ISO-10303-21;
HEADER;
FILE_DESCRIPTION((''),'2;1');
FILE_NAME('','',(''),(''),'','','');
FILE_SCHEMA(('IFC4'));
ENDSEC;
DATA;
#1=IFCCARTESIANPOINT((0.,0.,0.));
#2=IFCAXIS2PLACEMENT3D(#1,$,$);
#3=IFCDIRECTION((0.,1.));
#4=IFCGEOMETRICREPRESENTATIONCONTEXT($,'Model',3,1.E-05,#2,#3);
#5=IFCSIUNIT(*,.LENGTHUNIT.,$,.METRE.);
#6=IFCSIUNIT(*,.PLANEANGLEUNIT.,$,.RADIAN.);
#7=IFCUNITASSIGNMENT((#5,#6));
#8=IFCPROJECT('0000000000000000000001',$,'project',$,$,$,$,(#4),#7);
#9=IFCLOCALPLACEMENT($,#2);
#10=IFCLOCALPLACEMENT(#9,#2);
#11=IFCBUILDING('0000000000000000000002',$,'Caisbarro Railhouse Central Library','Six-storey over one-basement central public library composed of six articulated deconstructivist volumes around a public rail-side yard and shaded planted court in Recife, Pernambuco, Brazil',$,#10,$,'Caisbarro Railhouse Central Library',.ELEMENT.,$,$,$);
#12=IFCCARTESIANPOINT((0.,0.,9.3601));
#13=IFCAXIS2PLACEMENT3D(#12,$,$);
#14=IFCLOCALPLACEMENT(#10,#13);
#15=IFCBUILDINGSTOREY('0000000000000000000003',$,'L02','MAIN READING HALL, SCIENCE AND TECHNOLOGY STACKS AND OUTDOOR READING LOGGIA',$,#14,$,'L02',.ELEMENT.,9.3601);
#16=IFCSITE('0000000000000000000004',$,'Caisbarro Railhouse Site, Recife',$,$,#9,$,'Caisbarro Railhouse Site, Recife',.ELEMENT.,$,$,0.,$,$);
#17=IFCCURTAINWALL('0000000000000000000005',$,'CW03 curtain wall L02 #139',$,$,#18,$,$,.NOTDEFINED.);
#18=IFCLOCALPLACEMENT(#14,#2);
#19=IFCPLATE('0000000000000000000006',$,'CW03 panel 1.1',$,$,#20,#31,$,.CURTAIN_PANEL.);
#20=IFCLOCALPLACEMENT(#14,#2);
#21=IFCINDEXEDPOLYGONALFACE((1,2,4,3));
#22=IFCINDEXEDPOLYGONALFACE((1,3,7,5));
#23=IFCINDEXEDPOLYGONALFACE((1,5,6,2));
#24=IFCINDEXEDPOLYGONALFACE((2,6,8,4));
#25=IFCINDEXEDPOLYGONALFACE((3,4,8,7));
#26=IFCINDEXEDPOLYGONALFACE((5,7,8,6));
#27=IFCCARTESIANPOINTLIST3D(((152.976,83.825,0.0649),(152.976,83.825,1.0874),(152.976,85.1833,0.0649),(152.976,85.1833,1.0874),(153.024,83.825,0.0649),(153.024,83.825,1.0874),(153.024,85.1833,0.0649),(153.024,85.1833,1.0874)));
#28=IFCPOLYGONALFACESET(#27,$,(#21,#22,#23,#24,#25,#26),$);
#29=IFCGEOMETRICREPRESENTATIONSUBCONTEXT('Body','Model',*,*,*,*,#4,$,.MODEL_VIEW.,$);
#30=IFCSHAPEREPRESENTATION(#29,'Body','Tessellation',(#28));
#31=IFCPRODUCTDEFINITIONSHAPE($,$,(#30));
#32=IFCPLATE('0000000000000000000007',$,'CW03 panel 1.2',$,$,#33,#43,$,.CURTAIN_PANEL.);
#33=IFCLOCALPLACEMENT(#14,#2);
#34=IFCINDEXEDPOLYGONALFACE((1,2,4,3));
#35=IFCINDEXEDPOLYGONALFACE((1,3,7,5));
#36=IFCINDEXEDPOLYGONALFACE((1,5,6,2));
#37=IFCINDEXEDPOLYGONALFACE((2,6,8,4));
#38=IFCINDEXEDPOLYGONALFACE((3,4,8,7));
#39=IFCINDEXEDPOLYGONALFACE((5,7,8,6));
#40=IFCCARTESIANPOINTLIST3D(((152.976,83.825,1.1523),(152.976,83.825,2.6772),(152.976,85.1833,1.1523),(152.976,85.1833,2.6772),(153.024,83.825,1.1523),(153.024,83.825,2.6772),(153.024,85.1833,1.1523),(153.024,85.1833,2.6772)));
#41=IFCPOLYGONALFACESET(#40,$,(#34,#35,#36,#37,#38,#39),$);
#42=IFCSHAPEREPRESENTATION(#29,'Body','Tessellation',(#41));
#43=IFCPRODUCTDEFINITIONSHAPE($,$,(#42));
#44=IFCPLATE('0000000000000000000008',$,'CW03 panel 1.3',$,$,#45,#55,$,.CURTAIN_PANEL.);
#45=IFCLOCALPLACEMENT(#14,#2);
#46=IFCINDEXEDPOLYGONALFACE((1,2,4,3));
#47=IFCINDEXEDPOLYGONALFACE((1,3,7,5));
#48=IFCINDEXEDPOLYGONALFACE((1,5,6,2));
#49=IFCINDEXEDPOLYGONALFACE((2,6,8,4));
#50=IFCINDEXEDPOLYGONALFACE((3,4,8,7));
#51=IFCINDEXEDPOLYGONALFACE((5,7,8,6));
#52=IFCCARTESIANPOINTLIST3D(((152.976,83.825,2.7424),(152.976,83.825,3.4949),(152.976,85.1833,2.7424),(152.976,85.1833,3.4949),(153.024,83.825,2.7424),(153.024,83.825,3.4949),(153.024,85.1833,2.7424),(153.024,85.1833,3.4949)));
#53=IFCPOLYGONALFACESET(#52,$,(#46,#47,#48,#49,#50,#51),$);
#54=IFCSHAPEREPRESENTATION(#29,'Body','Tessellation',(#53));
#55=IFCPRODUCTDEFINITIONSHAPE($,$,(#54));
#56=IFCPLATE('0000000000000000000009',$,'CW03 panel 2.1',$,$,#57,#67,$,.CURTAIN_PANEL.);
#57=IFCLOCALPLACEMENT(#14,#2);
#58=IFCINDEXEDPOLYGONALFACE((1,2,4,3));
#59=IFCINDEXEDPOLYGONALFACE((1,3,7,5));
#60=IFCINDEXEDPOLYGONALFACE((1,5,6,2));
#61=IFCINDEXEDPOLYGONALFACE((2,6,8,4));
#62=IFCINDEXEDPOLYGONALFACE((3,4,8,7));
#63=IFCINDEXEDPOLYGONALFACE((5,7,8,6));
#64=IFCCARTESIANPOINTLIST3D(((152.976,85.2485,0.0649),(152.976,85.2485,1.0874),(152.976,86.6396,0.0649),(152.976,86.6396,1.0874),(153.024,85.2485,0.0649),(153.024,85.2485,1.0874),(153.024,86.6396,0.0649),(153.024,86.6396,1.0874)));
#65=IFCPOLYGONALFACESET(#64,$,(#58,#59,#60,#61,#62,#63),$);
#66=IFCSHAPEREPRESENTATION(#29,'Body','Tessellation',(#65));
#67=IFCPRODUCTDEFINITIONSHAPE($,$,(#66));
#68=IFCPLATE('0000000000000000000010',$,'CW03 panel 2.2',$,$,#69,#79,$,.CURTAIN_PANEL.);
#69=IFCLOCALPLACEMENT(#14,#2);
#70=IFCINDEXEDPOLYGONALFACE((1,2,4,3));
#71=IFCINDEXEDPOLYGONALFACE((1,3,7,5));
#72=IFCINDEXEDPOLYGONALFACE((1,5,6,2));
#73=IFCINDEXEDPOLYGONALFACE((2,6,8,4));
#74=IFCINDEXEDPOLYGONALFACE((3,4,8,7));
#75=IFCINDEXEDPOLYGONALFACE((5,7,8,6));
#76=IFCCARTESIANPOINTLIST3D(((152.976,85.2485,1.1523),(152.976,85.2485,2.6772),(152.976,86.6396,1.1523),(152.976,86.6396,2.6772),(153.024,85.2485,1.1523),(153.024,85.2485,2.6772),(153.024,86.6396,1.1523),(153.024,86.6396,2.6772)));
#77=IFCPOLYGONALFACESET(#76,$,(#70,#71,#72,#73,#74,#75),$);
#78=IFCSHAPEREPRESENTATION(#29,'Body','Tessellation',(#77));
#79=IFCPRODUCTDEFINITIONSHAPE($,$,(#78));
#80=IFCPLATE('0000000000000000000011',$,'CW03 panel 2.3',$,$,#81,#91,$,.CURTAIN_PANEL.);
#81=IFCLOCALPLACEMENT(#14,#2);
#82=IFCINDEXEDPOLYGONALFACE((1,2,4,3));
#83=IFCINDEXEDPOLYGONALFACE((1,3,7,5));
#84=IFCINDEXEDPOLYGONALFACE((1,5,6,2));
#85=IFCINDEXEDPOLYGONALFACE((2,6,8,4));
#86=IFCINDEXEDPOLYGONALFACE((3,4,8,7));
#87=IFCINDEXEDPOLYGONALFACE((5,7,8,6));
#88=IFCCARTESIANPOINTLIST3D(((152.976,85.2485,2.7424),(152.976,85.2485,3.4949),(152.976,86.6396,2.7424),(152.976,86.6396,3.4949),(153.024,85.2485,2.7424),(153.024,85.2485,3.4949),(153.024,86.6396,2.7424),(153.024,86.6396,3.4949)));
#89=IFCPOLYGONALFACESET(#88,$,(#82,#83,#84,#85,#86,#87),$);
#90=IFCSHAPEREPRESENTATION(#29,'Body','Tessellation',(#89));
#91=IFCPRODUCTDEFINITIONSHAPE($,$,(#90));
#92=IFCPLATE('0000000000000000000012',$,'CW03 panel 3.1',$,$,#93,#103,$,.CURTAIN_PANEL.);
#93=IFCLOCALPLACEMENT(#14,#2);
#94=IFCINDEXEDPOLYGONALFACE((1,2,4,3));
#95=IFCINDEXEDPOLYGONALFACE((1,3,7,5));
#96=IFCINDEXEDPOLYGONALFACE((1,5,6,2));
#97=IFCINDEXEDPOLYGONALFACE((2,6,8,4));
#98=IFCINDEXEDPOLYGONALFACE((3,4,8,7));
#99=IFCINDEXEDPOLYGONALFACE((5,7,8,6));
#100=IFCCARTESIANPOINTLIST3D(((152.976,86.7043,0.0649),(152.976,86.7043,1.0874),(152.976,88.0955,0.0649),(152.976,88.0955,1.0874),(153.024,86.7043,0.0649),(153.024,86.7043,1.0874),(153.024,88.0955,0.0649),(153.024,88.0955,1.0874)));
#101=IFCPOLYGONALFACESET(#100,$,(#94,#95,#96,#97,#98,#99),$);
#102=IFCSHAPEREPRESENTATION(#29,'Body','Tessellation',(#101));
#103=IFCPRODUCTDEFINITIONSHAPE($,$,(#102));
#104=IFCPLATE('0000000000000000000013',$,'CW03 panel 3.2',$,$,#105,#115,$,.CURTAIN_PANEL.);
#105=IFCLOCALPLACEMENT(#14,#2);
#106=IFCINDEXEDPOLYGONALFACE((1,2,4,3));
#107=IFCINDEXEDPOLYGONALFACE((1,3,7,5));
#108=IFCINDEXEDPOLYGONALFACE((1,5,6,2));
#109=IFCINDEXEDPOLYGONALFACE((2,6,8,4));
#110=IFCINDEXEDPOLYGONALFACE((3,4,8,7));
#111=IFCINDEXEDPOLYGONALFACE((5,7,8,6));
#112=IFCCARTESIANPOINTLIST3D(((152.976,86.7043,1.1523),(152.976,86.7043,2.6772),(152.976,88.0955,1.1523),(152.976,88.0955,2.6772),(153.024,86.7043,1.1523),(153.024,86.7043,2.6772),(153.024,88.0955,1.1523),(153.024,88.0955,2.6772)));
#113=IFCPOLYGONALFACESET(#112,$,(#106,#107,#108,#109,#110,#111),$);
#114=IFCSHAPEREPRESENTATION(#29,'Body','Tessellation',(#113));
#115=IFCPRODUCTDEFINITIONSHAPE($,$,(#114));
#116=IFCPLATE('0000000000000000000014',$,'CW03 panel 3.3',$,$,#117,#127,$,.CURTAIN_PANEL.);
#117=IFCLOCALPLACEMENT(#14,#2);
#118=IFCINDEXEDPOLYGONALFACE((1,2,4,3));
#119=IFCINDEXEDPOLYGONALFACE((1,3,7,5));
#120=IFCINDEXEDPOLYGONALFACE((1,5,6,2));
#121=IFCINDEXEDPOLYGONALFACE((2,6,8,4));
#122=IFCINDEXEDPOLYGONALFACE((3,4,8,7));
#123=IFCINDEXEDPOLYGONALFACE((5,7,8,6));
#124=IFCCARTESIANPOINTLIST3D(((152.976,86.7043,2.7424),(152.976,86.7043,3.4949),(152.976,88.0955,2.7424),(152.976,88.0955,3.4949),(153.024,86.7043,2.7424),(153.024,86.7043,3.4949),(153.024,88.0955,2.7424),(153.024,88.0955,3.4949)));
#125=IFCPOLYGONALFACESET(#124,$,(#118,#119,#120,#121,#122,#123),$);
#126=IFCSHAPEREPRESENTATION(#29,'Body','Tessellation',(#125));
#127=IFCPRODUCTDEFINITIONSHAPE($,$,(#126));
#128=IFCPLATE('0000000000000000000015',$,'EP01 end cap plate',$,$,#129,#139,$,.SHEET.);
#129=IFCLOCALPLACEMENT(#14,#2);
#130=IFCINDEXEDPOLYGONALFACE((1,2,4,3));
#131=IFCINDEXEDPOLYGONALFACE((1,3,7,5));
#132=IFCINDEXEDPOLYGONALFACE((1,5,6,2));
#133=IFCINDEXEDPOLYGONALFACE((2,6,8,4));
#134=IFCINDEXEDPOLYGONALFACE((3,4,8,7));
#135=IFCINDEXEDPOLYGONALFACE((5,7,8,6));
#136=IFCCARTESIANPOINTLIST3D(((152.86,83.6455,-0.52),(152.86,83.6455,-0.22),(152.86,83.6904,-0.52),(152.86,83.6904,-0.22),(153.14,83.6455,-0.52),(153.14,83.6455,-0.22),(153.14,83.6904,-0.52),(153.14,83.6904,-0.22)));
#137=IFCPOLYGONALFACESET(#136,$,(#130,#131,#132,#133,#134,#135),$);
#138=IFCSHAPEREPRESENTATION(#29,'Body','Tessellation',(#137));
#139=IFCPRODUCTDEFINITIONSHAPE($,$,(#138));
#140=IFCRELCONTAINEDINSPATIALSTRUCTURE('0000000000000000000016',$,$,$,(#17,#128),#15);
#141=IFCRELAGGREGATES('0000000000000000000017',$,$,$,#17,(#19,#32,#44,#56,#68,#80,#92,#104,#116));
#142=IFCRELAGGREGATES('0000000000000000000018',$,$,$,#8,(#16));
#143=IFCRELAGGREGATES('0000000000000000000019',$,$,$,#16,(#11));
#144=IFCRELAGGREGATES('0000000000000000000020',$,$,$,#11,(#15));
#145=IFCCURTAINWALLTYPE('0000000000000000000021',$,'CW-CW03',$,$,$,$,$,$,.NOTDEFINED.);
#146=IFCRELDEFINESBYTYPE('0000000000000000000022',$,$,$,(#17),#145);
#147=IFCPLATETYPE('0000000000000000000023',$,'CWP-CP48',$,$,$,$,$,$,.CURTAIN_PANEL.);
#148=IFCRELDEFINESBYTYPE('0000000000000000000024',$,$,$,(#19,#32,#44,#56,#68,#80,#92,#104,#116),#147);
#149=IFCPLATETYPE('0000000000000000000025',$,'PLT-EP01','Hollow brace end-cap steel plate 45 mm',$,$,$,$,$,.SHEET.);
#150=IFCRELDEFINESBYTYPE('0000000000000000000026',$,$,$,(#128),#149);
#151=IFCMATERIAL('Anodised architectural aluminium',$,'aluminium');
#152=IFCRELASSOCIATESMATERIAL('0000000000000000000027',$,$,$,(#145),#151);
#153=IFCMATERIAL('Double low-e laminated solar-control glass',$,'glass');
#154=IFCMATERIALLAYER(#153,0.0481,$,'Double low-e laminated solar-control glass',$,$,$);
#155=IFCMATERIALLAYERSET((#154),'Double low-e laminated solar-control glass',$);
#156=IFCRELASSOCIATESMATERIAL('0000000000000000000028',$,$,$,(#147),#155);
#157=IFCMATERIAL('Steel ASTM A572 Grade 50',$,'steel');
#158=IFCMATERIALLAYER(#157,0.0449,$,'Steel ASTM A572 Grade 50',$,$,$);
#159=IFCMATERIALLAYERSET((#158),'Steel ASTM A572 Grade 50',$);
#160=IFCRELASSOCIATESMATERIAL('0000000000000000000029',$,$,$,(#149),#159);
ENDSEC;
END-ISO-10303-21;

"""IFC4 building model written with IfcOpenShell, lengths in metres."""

from ifc_helpers import new_model, si_unit, direction, frame, origin, origin_2d, place, context, subcontext, project, spatial, rectangle, extrude, material, layer, layer_set, type_object, element, aggregate, save


model = new_model("IFC4")

# Units and contexts
model_context = context("Model", 3, precision=1e-05, world=origin(), true_north=direction((0.0, 1.0)))
body_context = subcontext(model_context, "Body", "Model", "MODEL_VIEW")
ifc_project = project(units=[si_unit("LENGTHUNIT", "METRE"), si_unit("PLANEANGLEUNIT", "RADIAN")], contexts=[model_context])

# Site, building, storey
site_placement = place(None, origin())
site = spatial("IfcSite", under=ifc_project, at=site_placement, Name="Caisbarro Railhouse Site, Recife", LongName="Caisbarro Railhouse Site, Recife", CompositionType="ELEMENT", RefElevation=0.0)
building_placement = place(site_placement, origin())
building = spatial("IfcBuilding", under=site, at=building_placement, Name="Caisbarro Railhouse Central Library", Description="Six-storey over one-basement central public library composed of six articulated deconstructivist volumes around a public rail-side yard and shaded planted court in Recife, Pernambuco, Brazil", LongName="Caisbarro Railhouse Central Library", CompositionType="ELEMENT")
storey_placement = place(building_placement, frame((0.0, 0.0, 9.3601)))
storey = spatial("IfcBuildingStorey", under=building, at=storey_placement, Name="L02", Description="MAIN READING HALL, SCIENCE AND TECHNOLOGY STACKS AND OUTDOOR READING LOGGIA", LongName="L02", CompositionType="ELEMENT", Elevation=9.3601)

# Shared definitions
ifc_material_1 = material(Name="Steel ASTM A572 Grade 50", Category="steel")

# Curtain wall, plates
ifc_material_2 = material(Name="Anodised architectural aluminium", Category="aluminium")
curtain_wall_type = type_object("IfcCurtainWallType", Name="CW-CW03", PredefinedType="NOTDEFINED", material=ifc_material_2)
curtain_wall_placement = place(storey_placement, origin())
curtain_wall = element("IfcCurtainWall", 1, at=curtain_wall_placement, inside=storey, type_object=curtain_wall_type, Name="CW03 curtain wall L02 #139", PredefinedType="NOTDEFINED")
ifc_material_3 = material(Name="Double low-e laminated solar-control glass", Category="glass")
ifc_layer_1 = layer(ifc_material_3, 0.0481, Name="Double low-e laminated solar-control glass")
ifc_layer_set_1 = layer_set([ifc_layer_1], Name="Double low-e laminated solar-control glass")
plate_type_1 = type_object("IfcPlateType", Name="CWP-CP48", PredefinedType="CURTAIN_PANEL", material=ifc_layer_set_1)
plate_1_placement = place(storey_placement, frame((153.0, 84.5042, 0.0649), z_axis=(0.0, 0.0, 1.0), x_axis=(0.0, 1.0, 0.0)))
plate_1 = element("IfcPlate", 2, at=plate_1_placement, type_object=plate_type_1, Name="CW03 panel 1.1", PredefinedType="CURTAIN_PANEL", context=body_context, shape_type="SweptSolid", body=[
    extrude(rectangle(XDim=1.3584, YDim=0.0481, at=origin_2d()), origin(), (0.0, 0.0, 1.0), 1.0225),
])
plate_2_placement = place(storey_placement, frame((153.0, 84.5042, 1.1523), z_axis=(0.0, 0.0, 1.0), x_axis=(0.0, 1.0, 0.0)))
plate_2 = element("IfcPlate", 3, at=plate_2_placement, type_object=plate_type_1, Name="CW03 panel 1.2", PredefinedType="CURTAIN_PANEL", context=body_context, shape_type="SweptSolid", body=[
    extrude(rectangle(XDim=1.3584, YDim=0.0481, at=origin_2d()), origin(), (0.0, 0.0, 1.0), 1.5249),
])
plate_3_placement = place(storey_placement, frame((153.0, 84.5042, 2.7424), z_axis=(0.0, 0.0, 1.0), x_axis=(0.0, 1.0, 0.0)))
plate_3 = element("IfcPlate", 4, at=plate_3_placement, type_object=plate_type_1, Name="CW03 panel 1.3", PredefinedType="CURTAIN_PANEL", context=body_context, shape_type="SweptSolid", body=[
    extrude(rectangle(XDim=1.3584, YDim=0.0481, at=origin_2d()), origin(), (0.0, 0.0, 1.0), 0.7524),
])
plate_4_placement = place(storey_placement, frame((153.0, 85.9441, 0.0649), z_axis=(0.0, 0.0, 1.0), x_axis=(0.0, 1.0, 0.0)))
plate_4 = element("IfcPlate", 5, at=plate_4_placement, type_object=plate_type_1, Name="CW03 panel 2.1", PredefinedType="CURTAIN_PANEL", context=body_context, shape_type="SweptSolid", body=[
    extrude(rectangle(XDim=1.3911, YDim=0.0481, at=origin_2d()), origin(), (0.0, 0.0, 1.0), 1.0225),
])
plate_5_placement = place(storey_placement, frame((153.0, 85.9441, 1.1523), z_axis=(0.0, 0.0, 1.0), x_axis=(0.0, 1.0, 0.0)))
plate_5 = element("IfcPlate", 6, at=plate_5_placement, type_object=plate_type_1, Name="CW03 panel 2.2", PredefinedType="CURTAIN_PANEL", context=body_context, shape_type="SweptSolid", body=[
    extrude(rectangle(XDim=1.3911, YDim=0.0481, at=origin_2d()), origin(), (0.0, 0.0, 1.0), 1.5249),
])
plate_6_placement = place(storey_placement, frame((153.0, 85.9441, 2.7424), z_axis=(0.0, 0.0, 1.0), x_axis=(0.0, 1.0, 0.0)))
plate_6 = element("IfcPlate", 7, at=plate_6_placement, type_object=plate_type_1, Name="CW03 panel 2.3", PredefinedType="CURTAIN_PANEL", context=body_context, shape_type="SweptSolid", body=[
    extrude(rectangle(XDim=1.3911, YDim=0.0481, at=origin_2d()), origin(), (0.0, 0.0, 1.0), 0.7524),
])
plate_7_placement = place(storey_placement, frame((153.0, 87.3999, 0.0649), z_axis=(0.0, 0.0, 1.0), x_axis=(0.0, 1.0, 0.0)))
plate_7 = element("IfcPlate", 8, at=plate_7_placement, type_object=plate_type_1, Name="CW03 panel 3.1", PredefinedType="CURTAIN_PANEL", context=body_context, shape_type="SweptSolid", body=[
    extrude(rectangle(XDim=1.3911, YDim=0.0481, at=origin_2d()), origin(), (0.0, 0.0, 1.0), 1.0225),
])
plate_8_placement = place(storey_placement, frame((153.0, 87.3999, 1.1523), z_axis=(0.0, 0.0, 1.0), x_axis=(0.0, 1.0, 0.0)))
plate_8 = element("IfcPlate", 9, at=plate_8_placement, type_object=plate_type_1, Name="CW03 panel 3.2", PredefinedType="CURTAIN_PANEL", context=body_context, shape_type="SweptSolid", body=[
    extrude(rectangle(XDim=1.3911, YDim=0.0481, at=origin_2d()), origin(), (0.0, 0.0, 1.0), 1.5249),
])
plate_9_placement = place(storey_placement, frame((153.0, 87.3999, 2.7424), z_axis=(0.0, 0.0, 1.0), x_axis=(0.0, 1.0, 0.0)))
plate_9 = element("IfcPlate", 10, at=plate_9_placement, type_object=plate_type_1, Name="CW03 panel 3.3", PredefinedType="CURTAIN_PANEL", context=body_context, shape_type="SweptSolid", body=[
    extrude(rectangle(XDim=1.3911, YDim=0.0481, at=origin_2d()), origin(), (0.0, 0.0, 1.0), 0.7524),
])
aggregate(curtain_wall, [plate_1, plate_2, plate_3, plate_4, plate_5, plate_6, plate_7, plate_8, plate_9])

# Plate
ifc_layer_2 = layer(ifc_material_1, 0.0449, Name="Steel ASTM A572 Grade 50")
ifc_layer_set_2 = layer_set([ifc_layer_2], Name="Steel ASTM A572 Grade 50")
plate_type_2 = type_object("IfcPlateType", Name="PLT-EP01", Description="Hollow brace end-cap steel plate 45 mm", PredefinedType="SHEET", material=ifc_layer_set_2)
plate_10_placement = place(storey_placement, frame((153.0, 83.668, -0.52), z_axis=(0.0, 0.0, 1.0), x_axis=(0.0, 1.0, 0.0)))
element("IfcPlate", 11, at=plate_10_placement, inside=storey, type_object=plate_type_2, Name="EP01 end cap plate", PredefinedType="SHEET", context=body_context, shape_type="SweptSolid", body=[
    extrude(rectangle(XDim=0.0449, YDim=0.28, at=origin_2d()), origin(), (0.0, 0.0, 1.0), 0.3),
])

save(model, "model.ifc")
